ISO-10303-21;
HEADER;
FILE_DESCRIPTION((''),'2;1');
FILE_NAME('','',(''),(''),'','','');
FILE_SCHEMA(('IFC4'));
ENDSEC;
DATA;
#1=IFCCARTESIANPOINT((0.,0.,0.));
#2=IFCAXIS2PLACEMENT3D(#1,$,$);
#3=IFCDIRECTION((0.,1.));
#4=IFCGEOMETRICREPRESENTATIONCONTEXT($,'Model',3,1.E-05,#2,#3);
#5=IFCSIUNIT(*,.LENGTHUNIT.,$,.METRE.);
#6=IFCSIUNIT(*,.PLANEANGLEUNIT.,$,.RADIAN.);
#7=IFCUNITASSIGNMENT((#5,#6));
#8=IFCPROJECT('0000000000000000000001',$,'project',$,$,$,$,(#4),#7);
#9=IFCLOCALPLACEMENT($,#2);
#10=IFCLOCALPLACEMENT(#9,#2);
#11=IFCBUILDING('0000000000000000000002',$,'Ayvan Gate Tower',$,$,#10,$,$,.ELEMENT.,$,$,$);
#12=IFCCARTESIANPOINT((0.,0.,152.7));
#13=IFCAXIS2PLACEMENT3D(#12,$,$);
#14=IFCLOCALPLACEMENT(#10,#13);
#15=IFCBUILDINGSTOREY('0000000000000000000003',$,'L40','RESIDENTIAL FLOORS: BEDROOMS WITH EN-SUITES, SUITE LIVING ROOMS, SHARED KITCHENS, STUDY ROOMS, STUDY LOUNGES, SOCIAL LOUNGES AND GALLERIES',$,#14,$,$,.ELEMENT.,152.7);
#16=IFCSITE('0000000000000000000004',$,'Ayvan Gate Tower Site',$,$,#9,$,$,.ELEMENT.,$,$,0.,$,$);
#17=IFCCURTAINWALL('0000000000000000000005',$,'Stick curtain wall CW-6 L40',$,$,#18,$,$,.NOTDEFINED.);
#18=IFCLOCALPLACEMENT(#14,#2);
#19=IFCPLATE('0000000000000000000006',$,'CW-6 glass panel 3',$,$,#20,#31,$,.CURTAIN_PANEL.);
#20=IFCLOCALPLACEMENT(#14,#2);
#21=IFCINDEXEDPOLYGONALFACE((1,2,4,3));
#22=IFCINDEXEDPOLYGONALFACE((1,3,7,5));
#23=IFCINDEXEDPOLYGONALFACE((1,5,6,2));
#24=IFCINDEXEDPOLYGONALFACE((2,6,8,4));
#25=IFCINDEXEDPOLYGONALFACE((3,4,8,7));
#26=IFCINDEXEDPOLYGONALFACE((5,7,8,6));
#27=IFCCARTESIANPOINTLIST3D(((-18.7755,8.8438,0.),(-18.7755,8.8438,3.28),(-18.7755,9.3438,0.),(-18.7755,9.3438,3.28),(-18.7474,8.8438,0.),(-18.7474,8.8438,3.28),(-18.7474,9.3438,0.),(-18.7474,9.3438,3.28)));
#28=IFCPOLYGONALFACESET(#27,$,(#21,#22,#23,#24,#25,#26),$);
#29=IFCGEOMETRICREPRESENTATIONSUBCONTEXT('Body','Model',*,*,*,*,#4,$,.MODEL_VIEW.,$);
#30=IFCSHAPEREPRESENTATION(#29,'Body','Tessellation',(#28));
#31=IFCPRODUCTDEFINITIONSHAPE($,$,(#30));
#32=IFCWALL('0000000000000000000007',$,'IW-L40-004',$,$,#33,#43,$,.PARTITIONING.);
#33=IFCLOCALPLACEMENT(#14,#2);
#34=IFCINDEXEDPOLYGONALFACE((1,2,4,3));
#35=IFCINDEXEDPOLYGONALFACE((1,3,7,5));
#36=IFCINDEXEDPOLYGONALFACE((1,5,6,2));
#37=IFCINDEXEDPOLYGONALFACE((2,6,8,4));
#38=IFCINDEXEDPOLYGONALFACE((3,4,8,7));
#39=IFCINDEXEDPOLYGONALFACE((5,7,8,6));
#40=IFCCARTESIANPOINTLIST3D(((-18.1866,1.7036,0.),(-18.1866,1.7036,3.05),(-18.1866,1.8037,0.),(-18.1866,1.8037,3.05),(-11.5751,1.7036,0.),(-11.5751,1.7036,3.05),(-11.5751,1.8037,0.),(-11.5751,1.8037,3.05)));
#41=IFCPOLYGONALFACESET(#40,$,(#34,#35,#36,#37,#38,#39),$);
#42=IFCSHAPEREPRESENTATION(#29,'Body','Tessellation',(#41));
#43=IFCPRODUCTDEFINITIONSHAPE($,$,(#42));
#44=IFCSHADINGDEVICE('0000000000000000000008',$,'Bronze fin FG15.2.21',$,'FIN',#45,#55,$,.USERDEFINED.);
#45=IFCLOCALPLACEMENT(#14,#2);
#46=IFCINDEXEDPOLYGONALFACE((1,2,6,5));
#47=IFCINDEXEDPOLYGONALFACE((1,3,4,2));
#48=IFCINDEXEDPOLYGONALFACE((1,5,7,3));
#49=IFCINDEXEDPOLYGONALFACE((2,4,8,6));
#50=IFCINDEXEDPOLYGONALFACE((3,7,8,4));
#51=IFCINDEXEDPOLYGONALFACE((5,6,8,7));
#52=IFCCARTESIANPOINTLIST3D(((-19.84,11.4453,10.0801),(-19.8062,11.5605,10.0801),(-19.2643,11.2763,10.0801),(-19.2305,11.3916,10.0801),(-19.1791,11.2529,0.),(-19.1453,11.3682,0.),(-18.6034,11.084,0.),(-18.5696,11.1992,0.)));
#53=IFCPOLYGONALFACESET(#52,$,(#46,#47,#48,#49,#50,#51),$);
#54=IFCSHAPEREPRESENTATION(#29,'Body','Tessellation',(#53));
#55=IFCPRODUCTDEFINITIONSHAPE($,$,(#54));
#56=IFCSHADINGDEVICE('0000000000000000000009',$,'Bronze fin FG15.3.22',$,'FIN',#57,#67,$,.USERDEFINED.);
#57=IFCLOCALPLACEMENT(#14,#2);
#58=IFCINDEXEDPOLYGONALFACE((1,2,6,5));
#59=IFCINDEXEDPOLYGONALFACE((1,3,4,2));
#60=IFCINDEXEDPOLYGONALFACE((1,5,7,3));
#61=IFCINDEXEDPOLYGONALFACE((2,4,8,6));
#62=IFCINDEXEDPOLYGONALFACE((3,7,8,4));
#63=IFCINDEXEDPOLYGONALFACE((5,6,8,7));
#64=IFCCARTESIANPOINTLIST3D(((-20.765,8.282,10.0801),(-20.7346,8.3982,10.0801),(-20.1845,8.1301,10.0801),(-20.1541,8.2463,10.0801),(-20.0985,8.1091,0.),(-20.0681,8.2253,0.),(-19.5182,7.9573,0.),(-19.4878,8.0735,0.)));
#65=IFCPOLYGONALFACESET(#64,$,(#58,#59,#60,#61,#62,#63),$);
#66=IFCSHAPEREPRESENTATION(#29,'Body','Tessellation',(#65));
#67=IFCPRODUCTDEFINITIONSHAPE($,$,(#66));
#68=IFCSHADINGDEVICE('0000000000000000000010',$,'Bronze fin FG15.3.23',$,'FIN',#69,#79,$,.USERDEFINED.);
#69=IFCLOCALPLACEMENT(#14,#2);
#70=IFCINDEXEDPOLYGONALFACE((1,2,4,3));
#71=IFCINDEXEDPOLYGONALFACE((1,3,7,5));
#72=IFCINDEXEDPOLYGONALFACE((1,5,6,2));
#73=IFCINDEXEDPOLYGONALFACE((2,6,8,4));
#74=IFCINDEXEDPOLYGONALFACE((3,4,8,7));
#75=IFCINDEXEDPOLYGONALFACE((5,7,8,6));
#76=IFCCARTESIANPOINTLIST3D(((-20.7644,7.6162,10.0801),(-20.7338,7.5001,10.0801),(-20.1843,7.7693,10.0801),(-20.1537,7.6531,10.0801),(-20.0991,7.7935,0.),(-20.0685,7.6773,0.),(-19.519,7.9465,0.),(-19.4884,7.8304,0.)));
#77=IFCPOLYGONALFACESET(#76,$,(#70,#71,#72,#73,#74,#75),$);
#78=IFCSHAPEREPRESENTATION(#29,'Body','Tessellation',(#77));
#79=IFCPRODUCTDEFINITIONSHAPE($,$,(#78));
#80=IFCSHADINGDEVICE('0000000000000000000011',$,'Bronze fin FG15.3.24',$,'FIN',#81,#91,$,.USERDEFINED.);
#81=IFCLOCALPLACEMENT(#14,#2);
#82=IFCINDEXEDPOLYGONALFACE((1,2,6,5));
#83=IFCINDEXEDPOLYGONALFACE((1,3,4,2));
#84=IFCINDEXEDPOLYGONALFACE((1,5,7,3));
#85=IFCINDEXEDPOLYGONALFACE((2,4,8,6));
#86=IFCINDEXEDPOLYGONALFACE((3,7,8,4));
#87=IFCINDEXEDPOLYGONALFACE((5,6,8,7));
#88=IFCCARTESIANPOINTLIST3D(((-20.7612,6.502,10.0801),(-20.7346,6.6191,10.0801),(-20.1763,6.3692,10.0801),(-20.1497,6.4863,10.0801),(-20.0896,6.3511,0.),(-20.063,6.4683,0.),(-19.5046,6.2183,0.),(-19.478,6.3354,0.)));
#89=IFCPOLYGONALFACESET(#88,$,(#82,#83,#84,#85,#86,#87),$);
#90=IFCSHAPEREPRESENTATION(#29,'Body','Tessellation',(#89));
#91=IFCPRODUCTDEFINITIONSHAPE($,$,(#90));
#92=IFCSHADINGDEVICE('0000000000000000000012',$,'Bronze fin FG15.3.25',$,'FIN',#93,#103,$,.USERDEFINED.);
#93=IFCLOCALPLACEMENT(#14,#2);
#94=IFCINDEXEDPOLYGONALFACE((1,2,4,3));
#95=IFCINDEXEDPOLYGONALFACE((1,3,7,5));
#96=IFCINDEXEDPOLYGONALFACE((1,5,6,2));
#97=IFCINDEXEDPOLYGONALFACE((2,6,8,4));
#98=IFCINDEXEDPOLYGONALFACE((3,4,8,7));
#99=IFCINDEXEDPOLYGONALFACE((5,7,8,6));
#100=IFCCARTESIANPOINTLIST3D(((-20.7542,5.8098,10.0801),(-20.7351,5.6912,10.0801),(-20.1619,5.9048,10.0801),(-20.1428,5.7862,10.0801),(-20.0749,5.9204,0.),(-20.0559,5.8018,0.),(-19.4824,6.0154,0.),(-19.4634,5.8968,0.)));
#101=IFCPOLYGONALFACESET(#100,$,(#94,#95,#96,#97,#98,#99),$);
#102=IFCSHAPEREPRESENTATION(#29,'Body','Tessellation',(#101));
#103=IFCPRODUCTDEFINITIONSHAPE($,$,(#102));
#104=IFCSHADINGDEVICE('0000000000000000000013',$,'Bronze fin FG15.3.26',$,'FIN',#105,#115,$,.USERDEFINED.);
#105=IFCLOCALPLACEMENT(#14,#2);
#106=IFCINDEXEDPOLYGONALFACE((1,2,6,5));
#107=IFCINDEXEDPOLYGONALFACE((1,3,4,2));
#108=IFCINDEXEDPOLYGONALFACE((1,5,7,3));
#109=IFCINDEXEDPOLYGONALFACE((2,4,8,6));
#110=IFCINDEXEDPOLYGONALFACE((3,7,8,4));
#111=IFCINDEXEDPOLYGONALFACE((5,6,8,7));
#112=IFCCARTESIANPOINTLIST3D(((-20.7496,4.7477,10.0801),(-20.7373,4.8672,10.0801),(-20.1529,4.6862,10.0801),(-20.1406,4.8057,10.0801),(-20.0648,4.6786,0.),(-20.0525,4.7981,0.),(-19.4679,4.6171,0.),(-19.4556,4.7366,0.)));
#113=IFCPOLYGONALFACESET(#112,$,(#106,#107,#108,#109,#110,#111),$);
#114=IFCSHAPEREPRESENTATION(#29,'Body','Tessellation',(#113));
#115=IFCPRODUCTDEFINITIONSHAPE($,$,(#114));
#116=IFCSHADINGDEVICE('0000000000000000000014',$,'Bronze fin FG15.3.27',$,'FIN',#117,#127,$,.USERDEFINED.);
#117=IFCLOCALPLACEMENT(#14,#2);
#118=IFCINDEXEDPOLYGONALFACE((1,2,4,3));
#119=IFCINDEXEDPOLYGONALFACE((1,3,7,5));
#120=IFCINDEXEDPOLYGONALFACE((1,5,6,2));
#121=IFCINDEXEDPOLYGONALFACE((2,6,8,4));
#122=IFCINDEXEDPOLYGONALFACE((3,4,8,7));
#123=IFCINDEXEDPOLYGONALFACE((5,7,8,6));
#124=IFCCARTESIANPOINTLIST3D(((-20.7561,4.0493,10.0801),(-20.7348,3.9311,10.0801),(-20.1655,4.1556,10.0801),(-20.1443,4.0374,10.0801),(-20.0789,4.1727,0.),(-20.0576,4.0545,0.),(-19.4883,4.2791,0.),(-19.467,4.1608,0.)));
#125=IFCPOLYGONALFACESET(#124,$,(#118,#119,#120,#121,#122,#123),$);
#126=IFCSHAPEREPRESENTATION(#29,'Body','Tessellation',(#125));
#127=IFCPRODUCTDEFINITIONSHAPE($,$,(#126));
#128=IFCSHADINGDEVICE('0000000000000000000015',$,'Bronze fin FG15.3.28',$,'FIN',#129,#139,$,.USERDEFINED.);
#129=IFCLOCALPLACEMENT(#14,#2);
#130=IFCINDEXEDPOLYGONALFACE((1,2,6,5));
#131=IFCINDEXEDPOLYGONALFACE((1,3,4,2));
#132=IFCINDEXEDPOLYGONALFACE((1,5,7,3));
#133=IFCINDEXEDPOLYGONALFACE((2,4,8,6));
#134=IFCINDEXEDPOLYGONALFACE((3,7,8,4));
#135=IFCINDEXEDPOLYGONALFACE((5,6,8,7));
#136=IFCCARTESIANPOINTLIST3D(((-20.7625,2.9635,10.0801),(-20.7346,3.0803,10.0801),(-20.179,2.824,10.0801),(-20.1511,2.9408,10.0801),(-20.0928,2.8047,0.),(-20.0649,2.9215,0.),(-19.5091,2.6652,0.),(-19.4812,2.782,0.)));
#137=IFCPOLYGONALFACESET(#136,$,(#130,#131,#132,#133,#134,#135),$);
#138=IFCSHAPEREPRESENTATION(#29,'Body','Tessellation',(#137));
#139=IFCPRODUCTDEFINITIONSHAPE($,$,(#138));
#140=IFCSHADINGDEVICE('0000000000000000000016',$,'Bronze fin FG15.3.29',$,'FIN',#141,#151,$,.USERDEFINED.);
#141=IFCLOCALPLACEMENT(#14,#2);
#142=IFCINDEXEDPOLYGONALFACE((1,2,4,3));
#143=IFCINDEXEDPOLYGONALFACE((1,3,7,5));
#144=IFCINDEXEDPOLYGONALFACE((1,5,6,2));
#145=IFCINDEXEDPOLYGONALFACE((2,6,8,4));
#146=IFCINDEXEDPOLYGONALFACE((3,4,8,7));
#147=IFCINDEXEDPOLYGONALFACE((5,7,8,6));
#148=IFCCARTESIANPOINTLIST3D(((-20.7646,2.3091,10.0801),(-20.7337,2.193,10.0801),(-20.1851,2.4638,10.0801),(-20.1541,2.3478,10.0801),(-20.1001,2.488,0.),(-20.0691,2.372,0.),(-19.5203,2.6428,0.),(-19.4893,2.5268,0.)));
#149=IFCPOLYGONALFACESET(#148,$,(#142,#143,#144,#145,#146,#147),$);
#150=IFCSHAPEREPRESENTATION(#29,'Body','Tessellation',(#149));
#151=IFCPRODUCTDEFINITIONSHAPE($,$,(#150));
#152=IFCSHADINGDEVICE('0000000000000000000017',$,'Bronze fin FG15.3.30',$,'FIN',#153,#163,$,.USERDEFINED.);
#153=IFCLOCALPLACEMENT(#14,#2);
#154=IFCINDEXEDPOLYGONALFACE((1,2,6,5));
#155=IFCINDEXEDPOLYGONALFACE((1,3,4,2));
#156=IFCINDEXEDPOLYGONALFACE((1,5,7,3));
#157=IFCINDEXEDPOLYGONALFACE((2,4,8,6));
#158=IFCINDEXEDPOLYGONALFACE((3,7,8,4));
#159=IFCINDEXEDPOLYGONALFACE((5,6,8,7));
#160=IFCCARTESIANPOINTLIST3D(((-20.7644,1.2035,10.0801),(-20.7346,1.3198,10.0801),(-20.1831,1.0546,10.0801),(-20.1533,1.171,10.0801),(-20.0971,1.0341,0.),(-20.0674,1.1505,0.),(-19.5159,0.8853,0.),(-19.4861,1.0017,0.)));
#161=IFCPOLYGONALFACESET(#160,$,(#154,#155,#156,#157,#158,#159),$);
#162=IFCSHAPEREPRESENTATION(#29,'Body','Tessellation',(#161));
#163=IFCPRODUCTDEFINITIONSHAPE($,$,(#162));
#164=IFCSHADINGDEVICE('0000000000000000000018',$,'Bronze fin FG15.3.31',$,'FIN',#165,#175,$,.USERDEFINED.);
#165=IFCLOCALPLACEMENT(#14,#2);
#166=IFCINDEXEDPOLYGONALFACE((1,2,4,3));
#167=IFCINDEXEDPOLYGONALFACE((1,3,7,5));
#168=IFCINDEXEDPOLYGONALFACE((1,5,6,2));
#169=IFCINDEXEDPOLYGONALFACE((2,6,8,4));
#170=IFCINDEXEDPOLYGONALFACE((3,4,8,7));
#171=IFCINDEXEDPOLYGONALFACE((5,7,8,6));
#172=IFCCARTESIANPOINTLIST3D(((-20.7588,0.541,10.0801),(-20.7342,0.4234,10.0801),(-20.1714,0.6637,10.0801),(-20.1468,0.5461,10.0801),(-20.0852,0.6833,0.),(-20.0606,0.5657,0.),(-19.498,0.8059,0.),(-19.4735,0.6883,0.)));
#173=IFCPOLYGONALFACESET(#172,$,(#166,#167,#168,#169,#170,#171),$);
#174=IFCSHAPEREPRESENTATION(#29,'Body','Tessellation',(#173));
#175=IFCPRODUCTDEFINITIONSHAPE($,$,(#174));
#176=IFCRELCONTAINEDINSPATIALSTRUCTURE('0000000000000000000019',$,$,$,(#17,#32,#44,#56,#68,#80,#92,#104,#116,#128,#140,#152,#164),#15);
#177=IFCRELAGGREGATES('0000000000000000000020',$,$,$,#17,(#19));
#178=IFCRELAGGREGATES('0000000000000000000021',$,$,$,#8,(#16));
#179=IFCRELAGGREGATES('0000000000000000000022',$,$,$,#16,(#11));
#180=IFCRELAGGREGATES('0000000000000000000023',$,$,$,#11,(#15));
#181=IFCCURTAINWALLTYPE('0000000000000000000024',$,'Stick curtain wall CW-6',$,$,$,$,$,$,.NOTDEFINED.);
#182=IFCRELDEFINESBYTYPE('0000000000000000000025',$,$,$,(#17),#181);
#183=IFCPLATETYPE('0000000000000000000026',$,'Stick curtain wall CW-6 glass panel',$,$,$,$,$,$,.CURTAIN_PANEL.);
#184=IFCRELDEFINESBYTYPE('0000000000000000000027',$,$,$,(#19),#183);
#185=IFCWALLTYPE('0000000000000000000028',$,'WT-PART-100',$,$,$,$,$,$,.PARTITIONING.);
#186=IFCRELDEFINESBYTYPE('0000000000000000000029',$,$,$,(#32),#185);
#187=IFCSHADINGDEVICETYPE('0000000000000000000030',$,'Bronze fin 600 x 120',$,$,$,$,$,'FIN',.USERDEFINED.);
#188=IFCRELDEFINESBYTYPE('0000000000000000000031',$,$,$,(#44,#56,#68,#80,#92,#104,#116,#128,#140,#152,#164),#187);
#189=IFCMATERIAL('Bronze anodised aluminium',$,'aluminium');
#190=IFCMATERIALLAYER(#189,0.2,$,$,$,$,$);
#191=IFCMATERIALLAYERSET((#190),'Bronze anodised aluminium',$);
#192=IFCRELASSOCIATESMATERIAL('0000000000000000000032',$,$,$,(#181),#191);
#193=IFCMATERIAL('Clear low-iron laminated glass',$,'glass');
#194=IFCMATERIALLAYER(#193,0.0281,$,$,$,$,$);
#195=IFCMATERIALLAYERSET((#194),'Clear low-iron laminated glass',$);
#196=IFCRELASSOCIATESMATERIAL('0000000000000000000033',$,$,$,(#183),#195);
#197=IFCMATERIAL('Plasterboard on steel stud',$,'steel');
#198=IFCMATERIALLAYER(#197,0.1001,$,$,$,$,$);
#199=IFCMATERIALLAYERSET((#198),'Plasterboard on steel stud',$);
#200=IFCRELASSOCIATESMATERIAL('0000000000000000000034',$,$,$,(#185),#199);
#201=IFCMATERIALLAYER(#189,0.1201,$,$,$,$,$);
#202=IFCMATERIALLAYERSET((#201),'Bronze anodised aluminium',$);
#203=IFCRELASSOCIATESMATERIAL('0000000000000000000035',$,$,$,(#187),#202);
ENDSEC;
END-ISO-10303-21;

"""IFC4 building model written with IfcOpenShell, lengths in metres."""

from ifc_helpers import new_model, si_unit, direction, frame, frame_2d, origin, origin_2d, place, context, subcontext, project, spatial, polyline, rectangle, outline, extrude, material, layer, layer_set, type_object, element, aggregate, save


model = new_model("IFC4")

# Units and contexts
model_context = context("Model", 3, precision=1e-05, world=origin(), true_north=direction((0.0, 1.0)))
body_context = subcontext(model_context, "Body", "Model", "MODEL_VIEW")
ifc_project = project(units=[si_unit("LENGTHUNIT", "METRE"), si_unit("PLANEANGLEUNIT", "RADIAN")], contexts=[model_context])

# Site, building, storey
site_placement = place(None, origin())
site = spatial("IfcSite", under=ifc_project, at=site_placement, Name="Ayvan Gate Tower Site", CompositionType="ELEMENT", RefElevation=0.0)
building_placement = place(site_placement, origin())
building = spatial("IfcBuilding", under=site, at=building_placement, Name="Ayvan Gate Tower", CompositionType="ELEMENT")
storey_placement = place(building_placement, frame((0.0, 0.0, 152.7)))
storey = spatial("IfcBuildingStorey", under=building, at=storey_placement, Name="L40", Description="RESIDENTIAL FLOORS: BEDROOMS WITH EN-SUITES, SUITE LIVING ROOMS, SHARED KITCHENS, STUDY ROOMS, STUDY LOUNGES, SOCIAL LOUNGES AND GALLERIES", CompositionType="ELEMENT", Elevation=152.7)

# Curtain wall
ifc_material_1 = material(Name="Bronze anodised aluminium", Category="aluminium")
ifc_layer_1 = layer(ifc_material_1, 0.2)
ifc_layer_set_1 = layer_set([ifc_layer_1], Name="Bronze anodised aluminium")
curtain_wall_type_1 = type_object("IfcCurtainWallType", Name="Stick curtain wall CW-6", PredefinedType="NOTDEFINED", material=ifc_layer_set_1)
curtain_wall_1_placement = place(storey_placement, origin())
curtain_wall_1 = element("IfcCurtainWall", 1, at=curtain_wall_1_placement, inside=storey, type_object=curtain_wall_type_1, Name="Stick curtain wall CW-6 L40", PredefinedType="NOTDEFINED")

# Plate
ifc_material_2 = material(Name="Clear low-iron laminated glass", Category="glass")
ifc_layer_2 = layer(ifc_material_2, 0.0281)
ifc_layer_set_2 = layer_set([ifc_layer_2], Name="Clear low-iron laminated glass")
plate_type_1 = type_object("IfcPlateType", Name="Stick curtain wall CW-6 glass panel", PredefinedType="CURTAIN_PANEL", material=ifc_layer_set_2)
plate_1_placement = place(storey_placement, frame((-18.7615, 9.0938, 0.0), z_axis=(0.0, 0.0, 1.0), x_axis=(0.0, -1.0, 0.0)))
plate_1 = element("IfcPlate", 2, at=plate_1_placement, type_object=plate_type_1, Name="CW-6 glass panel 3", PredefinedType="CURTAIN_PANEL", context=body_context, shape_type="SweptSolid", body=[
    extrude(rectangle(XDim=0.5, YDim=0.0281, at=origin_2d()), origin(), (0.0, 0.0, 1.0), 3.28),
])
aggregate(curtain_wall_1, [plate_1])

# Wall
ifc_material_3 = material(Name="Plasterboard on steel stud", Category="steel")
ifc_layer_3 = layer(ifc_material_3, 0.1001)
ifc_layer_set_3 = layer_set([ifc_layer_3], Name="Plasterboard on steel stud")
wall_type = type_object("IfcWallType", Name="WT-PART-100", PredefinedType="PARTITIONING", material=ifc_layer_set_3)
wall_placement = place(storey_placement, frame((-18.1865, 1.7537, 0.0), z_axis=(0.0, 0.0, 1.0), x_axis=(1.0, 0.0, 0.0)))
element("IfcWall", 3, at=wall_placement, inside=storey, type_object=wall_type, Name="IW-L40-004", PredefinedType="PARTITIONING", context=body_context, shape_type="SweptSolid", body=[
    extrude(rectangle(XDim=6.6116, YDim=0.1001, at=frame_2d((3.3057, 0.0))), origin(), (0.0, 0.0, 1.0), 3.05),
])

# Shading devices
ifc_layer_4 = layer(ifc_material_1, 0.1201)
ifc_layer_set_4 = layer_set([ifc_layer_4], Name="Bronze anodised aluminium")
shading_device_type = type_object("IfcShadingDeviceType", Name="Bronze fin 600 x 120", ElementType="FIN", PredefinedType="USERDEFINED", material=ifc_layer_set_4)
shading_device_1_placement = place(storey_placement, frame((-18.5696, 11.1992, 0.0), z_axis=(0.281593, 0.959534, 0.000149), x_axis=(-0.959534, 0.281593, 0.0)))
element("IfcShadingDevice", 4, at=shading_device_1_placement, inside=storey, type_object=shading_device_type, Name="Bronze fin FG15.2.21", ObjectType="FIN", PredefinedType="USERDEFINED", context=body_context, shape_type="SweptSolid", body=[
    extrude(outline(polyline([(0.0, 0.0), (0.6, 0.0), (1.2883, 10.0801), (0.6883, 10.0801), (0.0, 0.0)])), origin(), (0.0, 0.0, -1.0), 0.1201),
])
shading_device_2_placement = place(storey_placement, frame((-19.4878, 8.0735, 0.0), z_axis=(0.253101, 0.96744, 0.000143), x_axis=(-0.96744, 0.253101, 0.0)))
element("IfcShadingDevice", 5, at=shading_device_2_placement, inside=storey, type_object=shading_device_type, Name="Bronze fin FG15.3.22", ObjectType="FIN", PredefinedType="USERDEFINED", context=body_context, shape_type="SweptSolid", body=[
    extrude(outline(polyline([(0.0, 0.0), (0.5999, 0.0), (1.2884, 10.0801), (0.6883, 10.0801), (0.0, 0.0)])), origin(), (0.0, 0.0, -1.0), 0.1201),
])
shading_device_3_placement = place(storey_placement, frame((-19.519, 7.9465, 0.0), z_axis=(-0.255154, 0.9669, 0.000162), x_axis=(-0.9669, -0.255154, 0.0)))
element("IfcShadingDevice", 6, at=shading_device_3_placement, inside=storey, type_object=shading_device_type, Name="Bronze fin FG15.3.23", ObjectType="FIN", PredefinedType="USERDEFINED", context=body_context, shape_type="SweptSolid", body=[
    extrude(outline(polyline([(0.0, 0.0), (0.5999, 0.0), (1.2884, 10.0801), (0.6885, 10.0801), (0.0, 0.0)])), origin(), (0.0, 0.0, -1.0), 0.1201),
])
shading_device_4_placement = place(storey_placement, frame((-19.478, 6.3354, 0.0), z_axis=(0.22141, 0.975181, 0.000156), x_axis=(-0.975181, 0.22141, 0.0)))
element("IfcShadingDevice", 7, at=shading_device_4_placement, inside=storey, type_object=shading_device_type, Name="Bronze fin FG15.3.24", ObjectType="FIN", PredefinedType="USERDEFINED", context=body_context, shape_type="SweptSolid", body=[
    extrude(outline(polyline([(0.0, 0.0), (0.5998, 0.0), (1.2882, 10.0801), (0.6884, 10.0801), (0.0, 0.0)])), origin(), (0.0, 0.0, -1.0), 0.1201),
])
shading_device_5_placement = place(storey_placement, frame((-19.4824, 6.0154, 0.0), z_axis=(-0.158292, 0.987392, 0.000166), x_axis=(-0.987392, -0.158292, 0.0)))
element("IfcShadingDevice", 8, at=shading_device_5_placement, inside=storey, type_object=shading_device_type, Name="Bronze fin FG15.3.25", ObjectType="FIN", PredefinedType="USERDEFINED", context=body_context, shape_type="SweptSolid", body=[
    extrude(outline(polyline([(0.0, 0.0), (0.6001, 0.0), (1.2882, 10.0801), (0.6884, 10.0801), (0.0, 0.0)])), origin(), (0.0, 0.0, -1.0), 0.1201),
])
shading_device_6_placement = place(storey_placement, frame((-19.4556, 4.7366, 0.0), z_axis=(0.102545, 0.994728, 0.00015), x_axis=(-0.994728, 0.102545, 0.0)))
element("IfcShadingDevice", 9, at=shading_device_6_placement, inside=storey, type_object=shading_device_type, Name="Bronze fin FG15.3.26", ObjectType="FIN", PredefinedType="USERDEFINED", context=body_context, shape_type="SweptSolid", body=[
    extrude(outline(polyline([(0.0, 0.0), (0.6001, 0.0), (1.2884, 10.0801), (0.6885, 10.0801), (0.0, 0.0)])), origin(), (0.0, 0.0, -1.0), 0.1201),
])
shading_device_7_placement = place(storey_placement, frame((-19.4883, 4.2791, 0.0), z_axis=(-0.177185, 0.984178, 0.000145), x_axis=(-0.984178, -0.177185, 0.0)))
element("IfcShadingDevice", 10, at=shading_device_7_placement, inside=storey, type_object=shading_device_type, Name="Bronze fin FG15.3.27", ObjectType="FIN", PredefinedType="USERDEFINED", context=body_context, shape_type="SweptSolid", body=[
    extrude(outline(polyline([(0.0, 0.0), (0.6001, 0.0), (1.2885, 10.0801), (0.6884, 10.0801), (0.0, 0.0)])), origin(), (0.0, 0.0, -1.0), 0.1201),
])
shading_device_8_placement = place(storey_placement, frame((-19.4812, 2.782, 0.0), z_axis=(0.232519, 0.972592, 0.000127), x_axis=(-0.972592, 0.232519, 0.0)))
element("IfcShadingDevice", 11, at=shading_device_8_placement, inside=storey, type_object=shading_device_type, Name="Bronze fin FG15.3.28", ObjectType="FIN", PredefinedType="USERDEFINED", context=body_context, shape_type="SweptSolid", body=[
    extrude(outline(polyline([(0.0, 0.0), (0.6002, 0.0), (1.2884, 10.0801), (0.6885, 10.0801), (0.0, 0.0)])), origin(), (0.0, 0.0, -1.0), 0.1201),
])
shading_device_9_placement = place(storey_placement, frame((-19.5203, 2.6428, 0.0), z_axis=(-0.257967, 0.966154, 0.000142), x_axis=(-0.966154, -0.257967, 0.0)))
element("IfcShadingDevice", 12, at=shading_device_9_placement, inside=storey, type_object=shading_device_type, Name="Bronze fin FG15.3.29", ObjectType="FIN", PredefinedType="USERDEFINED", context=body_context, shape_type="SweptSolid", body=[
    extrude(outline(polyline([(0.0, 0.0), (0.6001, 0.0), (1.2884, 10.0801), (0.6885, 10.0801), (0.0, 0.0)])), origin(), (0.0, 0.0, -1.0), 0.1201),
])
shading_device_10_placement = place(storey_placement, frame((-19.4861, 1.0017, 0.0), z_axis=(0.247989, 0.968763, 0.000143), x_axis=(-0.968763, 0.247989, 0.0)))
element("IfcShadingDevice", 13, at=shading_device_10_placement, inside=storey, type_object=shading_device_type, Name="Bronze fin FG15.3.30", ObjectType="FIN", PredefinedType="USERDEFINED", context=body_context, shape_type="SweptSolid", body=[
    extrude(outline(polyline([(0.0, 0.0), (0.6, 0.0), (1.2884, 10.0801), (0.6884, 10.0801), (0.0, 0.0)])), origin(), (0.0, 0.0, -1.0), 0.1201),
])
shading_device_11_placement = place(storey_placement, frame((-19.498, 0.8059, 0.0), z_axis=(-0.204482, 0.97887, 0.000148), x_axis=(-0.97887, -0.204482, 0.0)))
element("IfcShadingDevice", 14, at=shading_device_11_placement, inside=storey, type_object=shading_device_type, Name="Bronze fin FG15.3.31", ObjectType="FIN", PredefinedType="USERDEFINED", context=body_context, shape_type="SweptSolid", body=[
    extrude(outline(polyline([(0.0, 0.0), (0.5998, 0.0), (1.2883, 10.0801), (0.6882, 10.0801), (0.0, 0.0)])), origin(), (0.0, 0.0, -1.0), 0.1201),
])

save(model, "model.ifc")
